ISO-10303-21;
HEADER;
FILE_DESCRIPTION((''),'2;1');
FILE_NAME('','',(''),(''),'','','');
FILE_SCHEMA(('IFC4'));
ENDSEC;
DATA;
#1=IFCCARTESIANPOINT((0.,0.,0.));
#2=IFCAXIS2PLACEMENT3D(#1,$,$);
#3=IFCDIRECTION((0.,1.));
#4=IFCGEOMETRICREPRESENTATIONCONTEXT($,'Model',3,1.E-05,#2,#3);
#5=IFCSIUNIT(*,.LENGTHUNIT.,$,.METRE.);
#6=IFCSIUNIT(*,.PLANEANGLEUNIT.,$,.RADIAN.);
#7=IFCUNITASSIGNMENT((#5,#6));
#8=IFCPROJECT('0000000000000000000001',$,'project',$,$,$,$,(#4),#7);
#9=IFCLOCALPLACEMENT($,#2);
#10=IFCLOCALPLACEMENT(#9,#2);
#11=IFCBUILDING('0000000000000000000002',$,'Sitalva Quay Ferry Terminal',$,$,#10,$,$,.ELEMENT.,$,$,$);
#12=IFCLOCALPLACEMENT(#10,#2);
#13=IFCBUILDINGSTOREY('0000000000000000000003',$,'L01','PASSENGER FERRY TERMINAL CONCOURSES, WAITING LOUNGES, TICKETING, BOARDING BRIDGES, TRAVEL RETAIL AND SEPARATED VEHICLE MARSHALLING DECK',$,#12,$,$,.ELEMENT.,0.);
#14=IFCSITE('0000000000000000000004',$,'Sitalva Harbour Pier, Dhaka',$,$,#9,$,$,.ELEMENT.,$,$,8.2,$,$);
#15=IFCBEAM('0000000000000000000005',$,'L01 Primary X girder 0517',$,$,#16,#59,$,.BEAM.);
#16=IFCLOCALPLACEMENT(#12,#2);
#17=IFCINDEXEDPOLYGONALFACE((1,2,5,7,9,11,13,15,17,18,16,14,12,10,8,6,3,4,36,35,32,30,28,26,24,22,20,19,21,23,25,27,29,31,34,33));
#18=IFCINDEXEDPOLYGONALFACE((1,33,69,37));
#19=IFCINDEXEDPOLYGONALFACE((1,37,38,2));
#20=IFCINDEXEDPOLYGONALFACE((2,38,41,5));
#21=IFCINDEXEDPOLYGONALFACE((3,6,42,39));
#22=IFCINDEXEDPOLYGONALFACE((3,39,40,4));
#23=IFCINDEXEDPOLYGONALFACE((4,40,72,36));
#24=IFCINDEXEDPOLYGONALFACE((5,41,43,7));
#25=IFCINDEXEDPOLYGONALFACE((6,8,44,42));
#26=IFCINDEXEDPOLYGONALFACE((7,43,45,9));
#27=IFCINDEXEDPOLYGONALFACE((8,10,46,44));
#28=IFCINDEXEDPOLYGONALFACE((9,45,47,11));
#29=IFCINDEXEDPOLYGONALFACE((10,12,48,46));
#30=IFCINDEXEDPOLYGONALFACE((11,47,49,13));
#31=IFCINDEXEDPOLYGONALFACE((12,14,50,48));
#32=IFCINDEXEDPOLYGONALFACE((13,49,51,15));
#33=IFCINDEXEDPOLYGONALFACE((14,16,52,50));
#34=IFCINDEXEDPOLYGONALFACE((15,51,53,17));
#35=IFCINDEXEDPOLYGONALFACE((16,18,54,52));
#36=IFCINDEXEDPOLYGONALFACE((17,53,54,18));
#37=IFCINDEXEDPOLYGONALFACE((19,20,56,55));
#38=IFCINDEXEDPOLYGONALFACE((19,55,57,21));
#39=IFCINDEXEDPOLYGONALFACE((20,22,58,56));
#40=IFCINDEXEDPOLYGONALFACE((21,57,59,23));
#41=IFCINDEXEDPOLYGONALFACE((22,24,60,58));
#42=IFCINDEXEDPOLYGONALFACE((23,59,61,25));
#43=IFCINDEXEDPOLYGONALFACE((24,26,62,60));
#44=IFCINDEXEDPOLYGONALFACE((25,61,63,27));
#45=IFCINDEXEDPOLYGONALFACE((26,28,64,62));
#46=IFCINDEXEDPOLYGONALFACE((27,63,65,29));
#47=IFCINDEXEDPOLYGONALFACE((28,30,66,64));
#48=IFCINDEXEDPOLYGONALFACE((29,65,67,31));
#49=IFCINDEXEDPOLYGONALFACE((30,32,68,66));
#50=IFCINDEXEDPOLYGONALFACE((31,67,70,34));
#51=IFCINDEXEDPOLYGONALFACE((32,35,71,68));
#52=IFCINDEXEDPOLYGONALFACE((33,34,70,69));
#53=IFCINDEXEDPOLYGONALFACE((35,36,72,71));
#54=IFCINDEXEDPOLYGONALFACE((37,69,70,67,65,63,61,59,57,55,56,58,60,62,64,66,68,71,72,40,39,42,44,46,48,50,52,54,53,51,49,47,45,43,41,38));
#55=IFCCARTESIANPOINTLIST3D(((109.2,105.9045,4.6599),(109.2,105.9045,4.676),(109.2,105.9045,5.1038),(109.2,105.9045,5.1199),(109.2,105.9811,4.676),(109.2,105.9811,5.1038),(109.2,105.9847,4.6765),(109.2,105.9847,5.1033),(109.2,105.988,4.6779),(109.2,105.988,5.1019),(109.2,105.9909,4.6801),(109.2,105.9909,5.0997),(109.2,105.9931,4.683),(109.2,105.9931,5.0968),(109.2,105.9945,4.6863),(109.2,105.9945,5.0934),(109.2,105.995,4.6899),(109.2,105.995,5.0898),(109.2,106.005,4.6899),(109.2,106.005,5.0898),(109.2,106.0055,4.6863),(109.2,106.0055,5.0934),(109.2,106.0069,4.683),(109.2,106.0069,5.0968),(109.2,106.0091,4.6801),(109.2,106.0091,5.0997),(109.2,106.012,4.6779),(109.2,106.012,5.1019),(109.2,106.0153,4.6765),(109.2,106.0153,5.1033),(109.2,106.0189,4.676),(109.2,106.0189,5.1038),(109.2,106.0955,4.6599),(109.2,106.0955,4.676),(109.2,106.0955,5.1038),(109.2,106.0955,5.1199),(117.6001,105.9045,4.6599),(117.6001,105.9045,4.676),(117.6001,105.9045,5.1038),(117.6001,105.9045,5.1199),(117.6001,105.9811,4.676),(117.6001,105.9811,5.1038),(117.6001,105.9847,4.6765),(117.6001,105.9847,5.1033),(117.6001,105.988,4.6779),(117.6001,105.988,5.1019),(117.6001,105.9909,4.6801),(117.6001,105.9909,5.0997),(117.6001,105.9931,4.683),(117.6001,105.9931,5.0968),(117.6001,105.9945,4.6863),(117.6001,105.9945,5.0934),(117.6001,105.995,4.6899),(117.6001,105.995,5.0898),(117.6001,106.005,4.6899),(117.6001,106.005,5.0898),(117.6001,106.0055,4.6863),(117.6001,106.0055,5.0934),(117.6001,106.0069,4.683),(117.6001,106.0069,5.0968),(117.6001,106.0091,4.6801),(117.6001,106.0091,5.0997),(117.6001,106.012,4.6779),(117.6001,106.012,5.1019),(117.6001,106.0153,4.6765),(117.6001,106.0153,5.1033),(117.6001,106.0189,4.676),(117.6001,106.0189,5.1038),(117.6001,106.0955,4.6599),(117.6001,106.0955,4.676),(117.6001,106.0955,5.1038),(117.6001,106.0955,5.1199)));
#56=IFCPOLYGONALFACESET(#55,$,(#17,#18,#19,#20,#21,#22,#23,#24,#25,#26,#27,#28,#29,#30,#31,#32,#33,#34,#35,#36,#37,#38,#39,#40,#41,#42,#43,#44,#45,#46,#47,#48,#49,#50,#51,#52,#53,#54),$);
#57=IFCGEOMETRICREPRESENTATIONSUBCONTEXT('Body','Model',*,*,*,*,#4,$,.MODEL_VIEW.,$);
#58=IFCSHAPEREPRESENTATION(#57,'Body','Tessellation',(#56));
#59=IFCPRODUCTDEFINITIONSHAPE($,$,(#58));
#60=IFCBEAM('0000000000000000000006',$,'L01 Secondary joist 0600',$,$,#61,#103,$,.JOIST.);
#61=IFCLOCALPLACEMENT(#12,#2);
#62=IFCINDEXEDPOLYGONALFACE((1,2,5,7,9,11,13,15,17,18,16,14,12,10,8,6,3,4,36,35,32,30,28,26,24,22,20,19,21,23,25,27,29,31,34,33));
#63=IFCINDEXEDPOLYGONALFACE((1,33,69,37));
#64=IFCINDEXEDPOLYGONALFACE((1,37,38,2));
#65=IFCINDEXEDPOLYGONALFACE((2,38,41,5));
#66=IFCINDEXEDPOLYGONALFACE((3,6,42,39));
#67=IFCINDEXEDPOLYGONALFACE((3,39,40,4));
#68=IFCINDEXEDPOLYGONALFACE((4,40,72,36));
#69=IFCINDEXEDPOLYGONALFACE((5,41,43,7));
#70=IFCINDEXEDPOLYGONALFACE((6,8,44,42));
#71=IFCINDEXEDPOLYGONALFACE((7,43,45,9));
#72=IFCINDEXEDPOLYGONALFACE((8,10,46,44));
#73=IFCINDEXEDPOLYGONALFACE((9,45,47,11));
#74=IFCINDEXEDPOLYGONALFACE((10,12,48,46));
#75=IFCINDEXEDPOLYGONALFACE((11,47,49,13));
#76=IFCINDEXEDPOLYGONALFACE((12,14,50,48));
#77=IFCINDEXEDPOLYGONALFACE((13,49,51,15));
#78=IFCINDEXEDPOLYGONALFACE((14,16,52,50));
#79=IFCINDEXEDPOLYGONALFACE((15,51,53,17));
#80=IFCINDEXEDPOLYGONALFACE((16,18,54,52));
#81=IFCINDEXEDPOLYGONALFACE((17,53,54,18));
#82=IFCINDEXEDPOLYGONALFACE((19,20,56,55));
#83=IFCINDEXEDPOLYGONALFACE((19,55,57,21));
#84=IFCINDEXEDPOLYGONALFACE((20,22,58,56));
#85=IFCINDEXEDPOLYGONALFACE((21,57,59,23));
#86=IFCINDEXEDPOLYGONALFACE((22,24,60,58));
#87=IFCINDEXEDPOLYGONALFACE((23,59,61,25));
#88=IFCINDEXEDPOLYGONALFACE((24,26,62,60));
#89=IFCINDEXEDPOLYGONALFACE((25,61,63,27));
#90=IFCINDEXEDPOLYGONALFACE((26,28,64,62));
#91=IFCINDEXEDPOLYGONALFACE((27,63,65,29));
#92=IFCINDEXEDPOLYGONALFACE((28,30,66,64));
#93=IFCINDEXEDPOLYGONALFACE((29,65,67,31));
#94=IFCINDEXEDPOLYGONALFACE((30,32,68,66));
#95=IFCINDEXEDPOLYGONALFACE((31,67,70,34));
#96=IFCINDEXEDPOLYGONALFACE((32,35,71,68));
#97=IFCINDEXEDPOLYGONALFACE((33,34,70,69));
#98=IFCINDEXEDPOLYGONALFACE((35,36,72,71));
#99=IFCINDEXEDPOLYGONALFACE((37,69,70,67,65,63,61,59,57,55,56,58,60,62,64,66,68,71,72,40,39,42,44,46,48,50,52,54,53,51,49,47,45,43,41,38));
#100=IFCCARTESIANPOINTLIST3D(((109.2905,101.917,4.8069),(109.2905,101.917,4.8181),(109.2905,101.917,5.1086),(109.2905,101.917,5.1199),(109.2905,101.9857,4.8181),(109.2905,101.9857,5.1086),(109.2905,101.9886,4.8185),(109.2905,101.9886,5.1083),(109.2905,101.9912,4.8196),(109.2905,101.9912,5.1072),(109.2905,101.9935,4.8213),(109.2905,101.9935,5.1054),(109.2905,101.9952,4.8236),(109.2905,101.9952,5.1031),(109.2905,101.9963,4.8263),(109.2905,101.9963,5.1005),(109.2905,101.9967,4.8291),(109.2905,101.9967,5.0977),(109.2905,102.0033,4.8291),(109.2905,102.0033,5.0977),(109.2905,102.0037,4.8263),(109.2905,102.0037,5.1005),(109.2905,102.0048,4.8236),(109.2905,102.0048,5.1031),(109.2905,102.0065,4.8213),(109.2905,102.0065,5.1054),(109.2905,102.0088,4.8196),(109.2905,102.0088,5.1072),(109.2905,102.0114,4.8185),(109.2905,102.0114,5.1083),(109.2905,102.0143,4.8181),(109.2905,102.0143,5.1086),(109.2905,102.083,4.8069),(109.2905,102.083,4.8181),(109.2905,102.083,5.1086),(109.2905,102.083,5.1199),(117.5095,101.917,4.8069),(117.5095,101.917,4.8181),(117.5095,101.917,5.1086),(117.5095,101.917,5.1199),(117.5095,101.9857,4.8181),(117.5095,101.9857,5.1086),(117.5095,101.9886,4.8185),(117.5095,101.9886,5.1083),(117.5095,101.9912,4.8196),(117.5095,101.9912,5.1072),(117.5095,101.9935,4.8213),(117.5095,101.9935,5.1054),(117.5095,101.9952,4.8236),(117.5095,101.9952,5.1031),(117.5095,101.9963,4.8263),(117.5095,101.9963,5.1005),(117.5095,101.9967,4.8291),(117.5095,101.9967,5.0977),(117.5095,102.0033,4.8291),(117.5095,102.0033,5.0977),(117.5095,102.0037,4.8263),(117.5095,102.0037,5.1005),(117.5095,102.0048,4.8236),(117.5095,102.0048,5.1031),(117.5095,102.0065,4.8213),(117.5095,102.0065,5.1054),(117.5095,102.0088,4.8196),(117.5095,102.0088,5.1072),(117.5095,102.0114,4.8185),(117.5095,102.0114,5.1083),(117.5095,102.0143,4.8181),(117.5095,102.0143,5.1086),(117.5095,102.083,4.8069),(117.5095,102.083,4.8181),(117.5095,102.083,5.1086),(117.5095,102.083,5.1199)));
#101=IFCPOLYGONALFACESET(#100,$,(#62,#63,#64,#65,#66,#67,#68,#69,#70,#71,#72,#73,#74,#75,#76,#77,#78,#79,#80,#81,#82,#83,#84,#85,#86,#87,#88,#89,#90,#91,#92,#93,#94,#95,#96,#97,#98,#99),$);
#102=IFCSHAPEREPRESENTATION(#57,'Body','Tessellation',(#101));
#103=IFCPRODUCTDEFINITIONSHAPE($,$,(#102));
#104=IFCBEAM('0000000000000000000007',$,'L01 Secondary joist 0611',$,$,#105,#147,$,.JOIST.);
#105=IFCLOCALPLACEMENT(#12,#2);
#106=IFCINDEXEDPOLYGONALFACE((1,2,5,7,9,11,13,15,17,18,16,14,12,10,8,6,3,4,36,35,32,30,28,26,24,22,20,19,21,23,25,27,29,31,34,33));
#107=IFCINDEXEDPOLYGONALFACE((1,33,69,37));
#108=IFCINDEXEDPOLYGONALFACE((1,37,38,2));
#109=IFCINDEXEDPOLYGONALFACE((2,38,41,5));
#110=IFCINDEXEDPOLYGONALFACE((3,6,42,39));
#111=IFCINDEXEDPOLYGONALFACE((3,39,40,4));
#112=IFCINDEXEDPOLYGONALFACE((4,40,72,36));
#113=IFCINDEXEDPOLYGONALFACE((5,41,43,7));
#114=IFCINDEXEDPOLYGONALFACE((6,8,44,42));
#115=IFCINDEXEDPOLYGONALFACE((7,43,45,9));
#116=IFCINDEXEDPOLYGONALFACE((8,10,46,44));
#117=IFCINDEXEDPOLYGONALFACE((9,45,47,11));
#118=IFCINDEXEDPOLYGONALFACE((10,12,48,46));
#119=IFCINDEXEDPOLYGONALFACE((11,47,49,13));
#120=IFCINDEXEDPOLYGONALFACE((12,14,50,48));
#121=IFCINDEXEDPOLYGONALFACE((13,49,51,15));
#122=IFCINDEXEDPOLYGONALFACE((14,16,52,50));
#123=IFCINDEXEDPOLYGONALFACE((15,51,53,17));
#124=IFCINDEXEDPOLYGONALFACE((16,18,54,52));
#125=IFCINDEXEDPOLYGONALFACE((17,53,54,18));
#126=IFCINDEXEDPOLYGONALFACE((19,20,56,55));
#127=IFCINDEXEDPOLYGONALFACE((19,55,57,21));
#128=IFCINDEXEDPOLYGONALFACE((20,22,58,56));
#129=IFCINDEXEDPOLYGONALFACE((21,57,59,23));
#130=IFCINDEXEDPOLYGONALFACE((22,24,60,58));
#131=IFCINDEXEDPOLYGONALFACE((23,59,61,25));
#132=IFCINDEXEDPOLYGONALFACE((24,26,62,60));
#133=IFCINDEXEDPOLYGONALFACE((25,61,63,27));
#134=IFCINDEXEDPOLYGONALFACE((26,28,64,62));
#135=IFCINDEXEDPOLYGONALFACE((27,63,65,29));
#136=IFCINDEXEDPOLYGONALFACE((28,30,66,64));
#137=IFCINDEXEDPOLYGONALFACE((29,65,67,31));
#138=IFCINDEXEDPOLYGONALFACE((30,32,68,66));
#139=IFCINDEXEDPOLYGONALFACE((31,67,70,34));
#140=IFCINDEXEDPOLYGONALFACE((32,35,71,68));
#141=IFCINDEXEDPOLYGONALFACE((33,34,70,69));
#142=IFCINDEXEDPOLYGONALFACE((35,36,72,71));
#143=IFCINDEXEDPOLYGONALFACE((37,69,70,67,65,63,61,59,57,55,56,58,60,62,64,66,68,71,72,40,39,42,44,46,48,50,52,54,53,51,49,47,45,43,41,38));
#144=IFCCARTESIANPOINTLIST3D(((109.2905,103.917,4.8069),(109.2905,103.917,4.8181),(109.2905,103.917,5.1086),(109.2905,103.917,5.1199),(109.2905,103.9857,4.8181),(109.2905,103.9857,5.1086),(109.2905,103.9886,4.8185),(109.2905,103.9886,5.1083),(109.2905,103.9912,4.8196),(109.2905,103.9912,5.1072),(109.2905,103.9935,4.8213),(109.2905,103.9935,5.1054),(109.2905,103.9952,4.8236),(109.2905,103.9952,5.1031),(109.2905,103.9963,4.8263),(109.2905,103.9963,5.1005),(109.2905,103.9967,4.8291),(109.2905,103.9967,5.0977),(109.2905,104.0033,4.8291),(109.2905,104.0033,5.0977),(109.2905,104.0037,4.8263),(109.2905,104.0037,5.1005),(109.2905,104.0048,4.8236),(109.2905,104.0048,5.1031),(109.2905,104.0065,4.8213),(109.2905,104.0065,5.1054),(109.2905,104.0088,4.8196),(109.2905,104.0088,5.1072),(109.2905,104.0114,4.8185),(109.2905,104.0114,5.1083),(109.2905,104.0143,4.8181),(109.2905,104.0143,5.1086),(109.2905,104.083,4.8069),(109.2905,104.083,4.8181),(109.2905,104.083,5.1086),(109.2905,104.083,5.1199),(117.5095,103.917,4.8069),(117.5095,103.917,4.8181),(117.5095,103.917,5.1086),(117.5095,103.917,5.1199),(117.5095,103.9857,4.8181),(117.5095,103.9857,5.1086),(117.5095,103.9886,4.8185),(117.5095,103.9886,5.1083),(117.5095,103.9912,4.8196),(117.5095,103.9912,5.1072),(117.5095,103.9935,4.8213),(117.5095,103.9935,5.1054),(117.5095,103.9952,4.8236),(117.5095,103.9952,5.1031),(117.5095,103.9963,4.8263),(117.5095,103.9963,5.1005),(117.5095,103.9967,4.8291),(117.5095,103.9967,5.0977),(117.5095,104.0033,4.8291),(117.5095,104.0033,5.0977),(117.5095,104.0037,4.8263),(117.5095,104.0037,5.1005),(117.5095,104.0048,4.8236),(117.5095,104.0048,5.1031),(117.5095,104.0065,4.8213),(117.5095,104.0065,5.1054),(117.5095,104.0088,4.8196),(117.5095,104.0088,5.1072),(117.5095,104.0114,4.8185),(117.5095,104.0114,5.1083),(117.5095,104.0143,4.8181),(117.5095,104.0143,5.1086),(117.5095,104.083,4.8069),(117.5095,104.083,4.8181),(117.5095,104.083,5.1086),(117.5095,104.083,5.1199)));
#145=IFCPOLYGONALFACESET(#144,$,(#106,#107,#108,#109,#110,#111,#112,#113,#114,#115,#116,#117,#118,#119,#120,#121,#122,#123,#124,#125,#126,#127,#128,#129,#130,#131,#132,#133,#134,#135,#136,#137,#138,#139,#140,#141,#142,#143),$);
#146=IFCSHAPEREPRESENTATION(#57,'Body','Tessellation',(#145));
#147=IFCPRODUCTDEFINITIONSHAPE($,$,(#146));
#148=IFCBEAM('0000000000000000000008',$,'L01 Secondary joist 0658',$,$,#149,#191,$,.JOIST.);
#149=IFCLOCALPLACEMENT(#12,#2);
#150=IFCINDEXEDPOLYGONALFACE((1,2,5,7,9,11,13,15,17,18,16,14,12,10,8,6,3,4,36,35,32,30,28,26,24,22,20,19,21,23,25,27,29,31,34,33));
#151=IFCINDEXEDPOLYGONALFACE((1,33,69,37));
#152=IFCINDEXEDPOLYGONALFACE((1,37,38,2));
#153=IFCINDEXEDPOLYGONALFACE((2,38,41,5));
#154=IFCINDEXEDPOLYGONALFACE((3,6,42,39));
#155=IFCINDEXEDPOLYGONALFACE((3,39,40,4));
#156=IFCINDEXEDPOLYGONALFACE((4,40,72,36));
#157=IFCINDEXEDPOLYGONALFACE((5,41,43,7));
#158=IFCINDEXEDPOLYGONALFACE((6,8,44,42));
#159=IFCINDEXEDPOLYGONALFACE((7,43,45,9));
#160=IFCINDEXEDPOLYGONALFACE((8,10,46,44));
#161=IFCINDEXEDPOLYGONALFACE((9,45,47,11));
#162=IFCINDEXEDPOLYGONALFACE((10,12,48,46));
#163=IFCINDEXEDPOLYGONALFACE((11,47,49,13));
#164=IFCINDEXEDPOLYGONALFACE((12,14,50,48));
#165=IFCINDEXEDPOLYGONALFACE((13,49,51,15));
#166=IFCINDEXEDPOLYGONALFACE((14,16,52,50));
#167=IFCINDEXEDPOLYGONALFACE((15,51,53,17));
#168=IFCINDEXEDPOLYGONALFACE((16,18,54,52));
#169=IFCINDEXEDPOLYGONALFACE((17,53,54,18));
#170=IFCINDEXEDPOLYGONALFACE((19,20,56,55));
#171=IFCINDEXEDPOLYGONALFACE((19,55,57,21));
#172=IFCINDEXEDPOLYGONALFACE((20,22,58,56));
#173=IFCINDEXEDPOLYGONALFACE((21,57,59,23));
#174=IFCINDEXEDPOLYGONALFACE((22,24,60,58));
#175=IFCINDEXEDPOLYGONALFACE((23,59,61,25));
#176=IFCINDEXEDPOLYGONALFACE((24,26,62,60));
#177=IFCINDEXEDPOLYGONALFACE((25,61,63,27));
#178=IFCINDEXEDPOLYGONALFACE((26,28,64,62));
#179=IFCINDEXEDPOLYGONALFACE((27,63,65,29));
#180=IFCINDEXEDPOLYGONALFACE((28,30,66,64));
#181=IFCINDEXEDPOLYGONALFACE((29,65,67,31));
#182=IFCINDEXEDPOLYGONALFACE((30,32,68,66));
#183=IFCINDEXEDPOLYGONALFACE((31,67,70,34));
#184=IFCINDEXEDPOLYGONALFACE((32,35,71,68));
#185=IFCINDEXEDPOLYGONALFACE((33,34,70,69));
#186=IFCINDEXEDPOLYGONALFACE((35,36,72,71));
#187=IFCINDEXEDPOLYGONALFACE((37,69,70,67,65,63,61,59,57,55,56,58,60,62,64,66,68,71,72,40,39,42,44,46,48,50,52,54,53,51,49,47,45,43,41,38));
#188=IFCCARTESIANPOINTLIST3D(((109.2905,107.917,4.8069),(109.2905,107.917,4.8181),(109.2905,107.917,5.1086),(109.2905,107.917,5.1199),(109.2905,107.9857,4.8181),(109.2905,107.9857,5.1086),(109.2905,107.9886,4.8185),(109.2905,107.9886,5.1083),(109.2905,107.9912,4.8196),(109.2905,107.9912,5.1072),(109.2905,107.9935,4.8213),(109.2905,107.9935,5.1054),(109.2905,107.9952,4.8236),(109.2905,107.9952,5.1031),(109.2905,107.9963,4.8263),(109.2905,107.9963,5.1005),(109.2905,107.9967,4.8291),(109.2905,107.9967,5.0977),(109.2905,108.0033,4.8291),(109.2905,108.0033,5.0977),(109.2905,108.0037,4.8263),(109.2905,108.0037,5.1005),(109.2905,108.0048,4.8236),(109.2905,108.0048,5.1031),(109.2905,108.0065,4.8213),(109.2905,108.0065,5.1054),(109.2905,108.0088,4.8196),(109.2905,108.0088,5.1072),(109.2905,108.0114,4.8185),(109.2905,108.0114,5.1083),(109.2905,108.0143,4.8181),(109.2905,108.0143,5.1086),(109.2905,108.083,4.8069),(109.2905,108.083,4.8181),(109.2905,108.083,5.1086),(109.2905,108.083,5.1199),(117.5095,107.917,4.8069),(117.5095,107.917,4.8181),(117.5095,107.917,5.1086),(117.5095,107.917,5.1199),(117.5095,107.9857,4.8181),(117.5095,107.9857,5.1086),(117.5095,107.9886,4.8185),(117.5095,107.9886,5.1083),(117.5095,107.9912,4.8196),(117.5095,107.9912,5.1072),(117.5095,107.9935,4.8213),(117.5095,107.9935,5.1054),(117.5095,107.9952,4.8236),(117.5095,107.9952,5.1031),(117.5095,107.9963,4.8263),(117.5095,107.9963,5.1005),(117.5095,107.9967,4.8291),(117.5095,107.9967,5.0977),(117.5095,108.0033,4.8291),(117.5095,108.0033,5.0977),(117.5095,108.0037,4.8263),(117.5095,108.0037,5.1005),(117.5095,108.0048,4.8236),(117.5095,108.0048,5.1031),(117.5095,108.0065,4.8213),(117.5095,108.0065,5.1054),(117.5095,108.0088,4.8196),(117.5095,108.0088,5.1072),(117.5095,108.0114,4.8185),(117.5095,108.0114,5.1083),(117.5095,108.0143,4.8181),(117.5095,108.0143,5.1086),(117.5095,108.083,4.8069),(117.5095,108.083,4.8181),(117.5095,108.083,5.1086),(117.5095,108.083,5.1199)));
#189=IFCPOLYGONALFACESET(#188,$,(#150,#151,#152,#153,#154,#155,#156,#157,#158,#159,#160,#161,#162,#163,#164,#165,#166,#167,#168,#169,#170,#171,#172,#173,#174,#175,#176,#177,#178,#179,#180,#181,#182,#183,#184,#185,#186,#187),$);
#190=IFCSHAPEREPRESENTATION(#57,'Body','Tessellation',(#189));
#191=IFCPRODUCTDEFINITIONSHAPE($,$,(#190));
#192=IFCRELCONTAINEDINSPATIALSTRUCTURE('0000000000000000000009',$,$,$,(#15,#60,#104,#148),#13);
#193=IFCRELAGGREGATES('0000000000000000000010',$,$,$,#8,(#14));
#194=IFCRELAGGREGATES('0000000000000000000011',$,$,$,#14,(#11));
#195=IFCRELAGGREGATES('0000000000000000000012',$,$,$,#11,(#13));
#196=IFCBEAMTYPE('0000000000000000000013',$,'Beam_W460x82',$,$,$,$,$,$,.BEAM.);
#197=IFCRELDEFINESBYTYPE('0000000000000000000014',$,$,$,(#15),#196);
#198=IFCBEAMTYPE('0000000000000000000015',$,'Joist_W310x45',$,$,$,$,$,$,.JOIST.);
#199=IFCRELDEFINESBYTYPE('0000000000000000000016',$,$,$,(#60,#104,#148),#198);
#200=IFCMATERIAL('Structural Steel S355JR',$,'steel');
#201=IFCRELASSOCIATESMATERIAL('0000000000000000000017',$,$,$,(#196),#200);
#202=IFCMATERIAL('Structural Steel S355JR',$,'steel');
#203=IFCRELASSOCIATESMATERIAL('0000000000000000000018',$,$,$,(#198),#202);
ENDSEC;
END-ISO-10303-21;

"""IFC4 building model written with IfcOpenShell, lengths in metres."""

from ifc_helpers import new_model, si_unit, direction, frame, origin, origin_2d, place, context, subcontext, project, spatial, i_section, extrude, material, material_profile, profile_set, type_object, element, save


model = new_model("IFC4")

# Units and contexts
model_context = context("Model", 3, precision=1e-05, world=origin(), true_north=direction((0.0, 1.0)))
body_context = subcontext(model_context, "Body", "Model", "MODEL_VIEW")
ifc_project = project(units=[si_unit("LENGTHUNIT", "METRE"), si_unit("PLANEANGLEUNIT", "RADIAN")], contexts=[model_context])

# Site, building, storey
site_placement = place(None, origin())
site = spatial("IfcSite", under=ifc_project, at=site_placement, Name="Sitalva Harbour Pier, Dhaka", CompositionType="ELEMENT", RefElevation=8.2)
building_placement = place(site_placement, origin())
building = spatial("IfcBuilding", under=site, at=building_placement, Name="Sitalva Quay Ferry Terminal", CompositionType="ELEMENT")
storey_placement = place(building_placement, origin())
storey = spatial("IfcBuildingStorey", under=building, at=storey_placement, Name="L01", Description="PASSENGER FERRY TERMINAL CONCOURSES, WAITING LOUNGES, TICKETING, BOARDING BRIDGES, TRAVEL RETAIL AND SEPARATED VEHICLE MARSHALLING DECK", CompositionType="ELEMENT", Elevation=0.0)

# Beams
ifc_material_1 = material(Name="Structural Steel S355JR", Category="steel")
ifc_material_profile_1 = material_profile(ifc_material_1, i_section(OverallWidth=0.1909, OverallDepth=0.46, WebThickness=0.01, FlangeThickness=0.0161, FilletRadius=0.0139, at=origin_2d()), Name="W460x82")
ifc_profile_set_1 = profile_set([ifc_material_profile_1], Name="Structural Steel S355JR")
beam_type_1 = type_object("IfcBeamType", Name="Beam_W460x82", PredefinedType="BEAM", material=ifc_profile_set_1)
beam_1_placement = place(storey_placement, frame((109.2, 106.0, 4.8899), z_axis=(1.0, 0.0, 0.0), x_axis=(0.0, 1.0, 0.0)))
element("IfcBeam", 1, at=beam_1_placement, inside=storey, type_object=beam_type_1, Name="L01 Primary X girder 0517", PredefinedType="BEAM", context=body_context, shape_type="SweptSolid", body=[
    extrude(i_section(OverallWidth=0.1909, OverallDepth=0.46, WebThickness=0.01, FlangeThickness=0.0161, FilletRadius=0.0139, at=origin_2d()), origin(), (0.0, 0.0, 1.0), 8.4001),
])
ifc_material_2 = material(Name="Structural Steel S355JR", Category="steel")
ifc_material_profile_2 = material_profile(ifc_material_2, i_section(OverallWidth=0.166, OverallDepth=0.313, WebThickness=0.0066, FlangeThickness=0.0112, FilletRadius=0.011, at=origin_2d()), Name="W310x45")
ifc_profile_set_2 = profile_set([ifc_material_profile_2], Name="Structural Steel S355JR")
beam_type_2 = type_object("IfcBeamType", Name="Joist_W310x45", PredefinedType="JOIST", material=ifc_profile_set_2)
for number, where, z_axis, x_axis, name in (
    (2, (109.2905, 102.0, 4.9634), (1.0, 0.0, 0.0), (0.0, 1.0, 0.0), "L01 Secondary joist 0600"),
    (3, (109.2905, 104.0, 4.9634), (1.0, 0.0, 0.0), (0.0, 1.0, 0.0), "L01 Secondary joist 0611"),
    (4, (109.2905, 108.0, 4.9634), (1.0, 0.0, 0.0), (0.0, 1.0, 0.0), "L01 Secondary joist 0658"),
):
    element("IfcBeam", number, at=place(storey_placement, frame(where, z_axis=z_axis, x_axis=x_axis)), inside=storey, type_object=beam_type_2, Name=name, PredefinedType="JOIST", context=body_context, shape_type="SweptSolid", body=[
        extrude(i_section(OverallWidth=0.166, OverallDepth=0.313, WebThickness=0.0066, FlangeThickness=0.0112, FilletRadius=0.011, at=origin_2d()), origin(), (0.0, 0.0, 1.0), 8.219),
    ])

save(model, "model.ifc")
